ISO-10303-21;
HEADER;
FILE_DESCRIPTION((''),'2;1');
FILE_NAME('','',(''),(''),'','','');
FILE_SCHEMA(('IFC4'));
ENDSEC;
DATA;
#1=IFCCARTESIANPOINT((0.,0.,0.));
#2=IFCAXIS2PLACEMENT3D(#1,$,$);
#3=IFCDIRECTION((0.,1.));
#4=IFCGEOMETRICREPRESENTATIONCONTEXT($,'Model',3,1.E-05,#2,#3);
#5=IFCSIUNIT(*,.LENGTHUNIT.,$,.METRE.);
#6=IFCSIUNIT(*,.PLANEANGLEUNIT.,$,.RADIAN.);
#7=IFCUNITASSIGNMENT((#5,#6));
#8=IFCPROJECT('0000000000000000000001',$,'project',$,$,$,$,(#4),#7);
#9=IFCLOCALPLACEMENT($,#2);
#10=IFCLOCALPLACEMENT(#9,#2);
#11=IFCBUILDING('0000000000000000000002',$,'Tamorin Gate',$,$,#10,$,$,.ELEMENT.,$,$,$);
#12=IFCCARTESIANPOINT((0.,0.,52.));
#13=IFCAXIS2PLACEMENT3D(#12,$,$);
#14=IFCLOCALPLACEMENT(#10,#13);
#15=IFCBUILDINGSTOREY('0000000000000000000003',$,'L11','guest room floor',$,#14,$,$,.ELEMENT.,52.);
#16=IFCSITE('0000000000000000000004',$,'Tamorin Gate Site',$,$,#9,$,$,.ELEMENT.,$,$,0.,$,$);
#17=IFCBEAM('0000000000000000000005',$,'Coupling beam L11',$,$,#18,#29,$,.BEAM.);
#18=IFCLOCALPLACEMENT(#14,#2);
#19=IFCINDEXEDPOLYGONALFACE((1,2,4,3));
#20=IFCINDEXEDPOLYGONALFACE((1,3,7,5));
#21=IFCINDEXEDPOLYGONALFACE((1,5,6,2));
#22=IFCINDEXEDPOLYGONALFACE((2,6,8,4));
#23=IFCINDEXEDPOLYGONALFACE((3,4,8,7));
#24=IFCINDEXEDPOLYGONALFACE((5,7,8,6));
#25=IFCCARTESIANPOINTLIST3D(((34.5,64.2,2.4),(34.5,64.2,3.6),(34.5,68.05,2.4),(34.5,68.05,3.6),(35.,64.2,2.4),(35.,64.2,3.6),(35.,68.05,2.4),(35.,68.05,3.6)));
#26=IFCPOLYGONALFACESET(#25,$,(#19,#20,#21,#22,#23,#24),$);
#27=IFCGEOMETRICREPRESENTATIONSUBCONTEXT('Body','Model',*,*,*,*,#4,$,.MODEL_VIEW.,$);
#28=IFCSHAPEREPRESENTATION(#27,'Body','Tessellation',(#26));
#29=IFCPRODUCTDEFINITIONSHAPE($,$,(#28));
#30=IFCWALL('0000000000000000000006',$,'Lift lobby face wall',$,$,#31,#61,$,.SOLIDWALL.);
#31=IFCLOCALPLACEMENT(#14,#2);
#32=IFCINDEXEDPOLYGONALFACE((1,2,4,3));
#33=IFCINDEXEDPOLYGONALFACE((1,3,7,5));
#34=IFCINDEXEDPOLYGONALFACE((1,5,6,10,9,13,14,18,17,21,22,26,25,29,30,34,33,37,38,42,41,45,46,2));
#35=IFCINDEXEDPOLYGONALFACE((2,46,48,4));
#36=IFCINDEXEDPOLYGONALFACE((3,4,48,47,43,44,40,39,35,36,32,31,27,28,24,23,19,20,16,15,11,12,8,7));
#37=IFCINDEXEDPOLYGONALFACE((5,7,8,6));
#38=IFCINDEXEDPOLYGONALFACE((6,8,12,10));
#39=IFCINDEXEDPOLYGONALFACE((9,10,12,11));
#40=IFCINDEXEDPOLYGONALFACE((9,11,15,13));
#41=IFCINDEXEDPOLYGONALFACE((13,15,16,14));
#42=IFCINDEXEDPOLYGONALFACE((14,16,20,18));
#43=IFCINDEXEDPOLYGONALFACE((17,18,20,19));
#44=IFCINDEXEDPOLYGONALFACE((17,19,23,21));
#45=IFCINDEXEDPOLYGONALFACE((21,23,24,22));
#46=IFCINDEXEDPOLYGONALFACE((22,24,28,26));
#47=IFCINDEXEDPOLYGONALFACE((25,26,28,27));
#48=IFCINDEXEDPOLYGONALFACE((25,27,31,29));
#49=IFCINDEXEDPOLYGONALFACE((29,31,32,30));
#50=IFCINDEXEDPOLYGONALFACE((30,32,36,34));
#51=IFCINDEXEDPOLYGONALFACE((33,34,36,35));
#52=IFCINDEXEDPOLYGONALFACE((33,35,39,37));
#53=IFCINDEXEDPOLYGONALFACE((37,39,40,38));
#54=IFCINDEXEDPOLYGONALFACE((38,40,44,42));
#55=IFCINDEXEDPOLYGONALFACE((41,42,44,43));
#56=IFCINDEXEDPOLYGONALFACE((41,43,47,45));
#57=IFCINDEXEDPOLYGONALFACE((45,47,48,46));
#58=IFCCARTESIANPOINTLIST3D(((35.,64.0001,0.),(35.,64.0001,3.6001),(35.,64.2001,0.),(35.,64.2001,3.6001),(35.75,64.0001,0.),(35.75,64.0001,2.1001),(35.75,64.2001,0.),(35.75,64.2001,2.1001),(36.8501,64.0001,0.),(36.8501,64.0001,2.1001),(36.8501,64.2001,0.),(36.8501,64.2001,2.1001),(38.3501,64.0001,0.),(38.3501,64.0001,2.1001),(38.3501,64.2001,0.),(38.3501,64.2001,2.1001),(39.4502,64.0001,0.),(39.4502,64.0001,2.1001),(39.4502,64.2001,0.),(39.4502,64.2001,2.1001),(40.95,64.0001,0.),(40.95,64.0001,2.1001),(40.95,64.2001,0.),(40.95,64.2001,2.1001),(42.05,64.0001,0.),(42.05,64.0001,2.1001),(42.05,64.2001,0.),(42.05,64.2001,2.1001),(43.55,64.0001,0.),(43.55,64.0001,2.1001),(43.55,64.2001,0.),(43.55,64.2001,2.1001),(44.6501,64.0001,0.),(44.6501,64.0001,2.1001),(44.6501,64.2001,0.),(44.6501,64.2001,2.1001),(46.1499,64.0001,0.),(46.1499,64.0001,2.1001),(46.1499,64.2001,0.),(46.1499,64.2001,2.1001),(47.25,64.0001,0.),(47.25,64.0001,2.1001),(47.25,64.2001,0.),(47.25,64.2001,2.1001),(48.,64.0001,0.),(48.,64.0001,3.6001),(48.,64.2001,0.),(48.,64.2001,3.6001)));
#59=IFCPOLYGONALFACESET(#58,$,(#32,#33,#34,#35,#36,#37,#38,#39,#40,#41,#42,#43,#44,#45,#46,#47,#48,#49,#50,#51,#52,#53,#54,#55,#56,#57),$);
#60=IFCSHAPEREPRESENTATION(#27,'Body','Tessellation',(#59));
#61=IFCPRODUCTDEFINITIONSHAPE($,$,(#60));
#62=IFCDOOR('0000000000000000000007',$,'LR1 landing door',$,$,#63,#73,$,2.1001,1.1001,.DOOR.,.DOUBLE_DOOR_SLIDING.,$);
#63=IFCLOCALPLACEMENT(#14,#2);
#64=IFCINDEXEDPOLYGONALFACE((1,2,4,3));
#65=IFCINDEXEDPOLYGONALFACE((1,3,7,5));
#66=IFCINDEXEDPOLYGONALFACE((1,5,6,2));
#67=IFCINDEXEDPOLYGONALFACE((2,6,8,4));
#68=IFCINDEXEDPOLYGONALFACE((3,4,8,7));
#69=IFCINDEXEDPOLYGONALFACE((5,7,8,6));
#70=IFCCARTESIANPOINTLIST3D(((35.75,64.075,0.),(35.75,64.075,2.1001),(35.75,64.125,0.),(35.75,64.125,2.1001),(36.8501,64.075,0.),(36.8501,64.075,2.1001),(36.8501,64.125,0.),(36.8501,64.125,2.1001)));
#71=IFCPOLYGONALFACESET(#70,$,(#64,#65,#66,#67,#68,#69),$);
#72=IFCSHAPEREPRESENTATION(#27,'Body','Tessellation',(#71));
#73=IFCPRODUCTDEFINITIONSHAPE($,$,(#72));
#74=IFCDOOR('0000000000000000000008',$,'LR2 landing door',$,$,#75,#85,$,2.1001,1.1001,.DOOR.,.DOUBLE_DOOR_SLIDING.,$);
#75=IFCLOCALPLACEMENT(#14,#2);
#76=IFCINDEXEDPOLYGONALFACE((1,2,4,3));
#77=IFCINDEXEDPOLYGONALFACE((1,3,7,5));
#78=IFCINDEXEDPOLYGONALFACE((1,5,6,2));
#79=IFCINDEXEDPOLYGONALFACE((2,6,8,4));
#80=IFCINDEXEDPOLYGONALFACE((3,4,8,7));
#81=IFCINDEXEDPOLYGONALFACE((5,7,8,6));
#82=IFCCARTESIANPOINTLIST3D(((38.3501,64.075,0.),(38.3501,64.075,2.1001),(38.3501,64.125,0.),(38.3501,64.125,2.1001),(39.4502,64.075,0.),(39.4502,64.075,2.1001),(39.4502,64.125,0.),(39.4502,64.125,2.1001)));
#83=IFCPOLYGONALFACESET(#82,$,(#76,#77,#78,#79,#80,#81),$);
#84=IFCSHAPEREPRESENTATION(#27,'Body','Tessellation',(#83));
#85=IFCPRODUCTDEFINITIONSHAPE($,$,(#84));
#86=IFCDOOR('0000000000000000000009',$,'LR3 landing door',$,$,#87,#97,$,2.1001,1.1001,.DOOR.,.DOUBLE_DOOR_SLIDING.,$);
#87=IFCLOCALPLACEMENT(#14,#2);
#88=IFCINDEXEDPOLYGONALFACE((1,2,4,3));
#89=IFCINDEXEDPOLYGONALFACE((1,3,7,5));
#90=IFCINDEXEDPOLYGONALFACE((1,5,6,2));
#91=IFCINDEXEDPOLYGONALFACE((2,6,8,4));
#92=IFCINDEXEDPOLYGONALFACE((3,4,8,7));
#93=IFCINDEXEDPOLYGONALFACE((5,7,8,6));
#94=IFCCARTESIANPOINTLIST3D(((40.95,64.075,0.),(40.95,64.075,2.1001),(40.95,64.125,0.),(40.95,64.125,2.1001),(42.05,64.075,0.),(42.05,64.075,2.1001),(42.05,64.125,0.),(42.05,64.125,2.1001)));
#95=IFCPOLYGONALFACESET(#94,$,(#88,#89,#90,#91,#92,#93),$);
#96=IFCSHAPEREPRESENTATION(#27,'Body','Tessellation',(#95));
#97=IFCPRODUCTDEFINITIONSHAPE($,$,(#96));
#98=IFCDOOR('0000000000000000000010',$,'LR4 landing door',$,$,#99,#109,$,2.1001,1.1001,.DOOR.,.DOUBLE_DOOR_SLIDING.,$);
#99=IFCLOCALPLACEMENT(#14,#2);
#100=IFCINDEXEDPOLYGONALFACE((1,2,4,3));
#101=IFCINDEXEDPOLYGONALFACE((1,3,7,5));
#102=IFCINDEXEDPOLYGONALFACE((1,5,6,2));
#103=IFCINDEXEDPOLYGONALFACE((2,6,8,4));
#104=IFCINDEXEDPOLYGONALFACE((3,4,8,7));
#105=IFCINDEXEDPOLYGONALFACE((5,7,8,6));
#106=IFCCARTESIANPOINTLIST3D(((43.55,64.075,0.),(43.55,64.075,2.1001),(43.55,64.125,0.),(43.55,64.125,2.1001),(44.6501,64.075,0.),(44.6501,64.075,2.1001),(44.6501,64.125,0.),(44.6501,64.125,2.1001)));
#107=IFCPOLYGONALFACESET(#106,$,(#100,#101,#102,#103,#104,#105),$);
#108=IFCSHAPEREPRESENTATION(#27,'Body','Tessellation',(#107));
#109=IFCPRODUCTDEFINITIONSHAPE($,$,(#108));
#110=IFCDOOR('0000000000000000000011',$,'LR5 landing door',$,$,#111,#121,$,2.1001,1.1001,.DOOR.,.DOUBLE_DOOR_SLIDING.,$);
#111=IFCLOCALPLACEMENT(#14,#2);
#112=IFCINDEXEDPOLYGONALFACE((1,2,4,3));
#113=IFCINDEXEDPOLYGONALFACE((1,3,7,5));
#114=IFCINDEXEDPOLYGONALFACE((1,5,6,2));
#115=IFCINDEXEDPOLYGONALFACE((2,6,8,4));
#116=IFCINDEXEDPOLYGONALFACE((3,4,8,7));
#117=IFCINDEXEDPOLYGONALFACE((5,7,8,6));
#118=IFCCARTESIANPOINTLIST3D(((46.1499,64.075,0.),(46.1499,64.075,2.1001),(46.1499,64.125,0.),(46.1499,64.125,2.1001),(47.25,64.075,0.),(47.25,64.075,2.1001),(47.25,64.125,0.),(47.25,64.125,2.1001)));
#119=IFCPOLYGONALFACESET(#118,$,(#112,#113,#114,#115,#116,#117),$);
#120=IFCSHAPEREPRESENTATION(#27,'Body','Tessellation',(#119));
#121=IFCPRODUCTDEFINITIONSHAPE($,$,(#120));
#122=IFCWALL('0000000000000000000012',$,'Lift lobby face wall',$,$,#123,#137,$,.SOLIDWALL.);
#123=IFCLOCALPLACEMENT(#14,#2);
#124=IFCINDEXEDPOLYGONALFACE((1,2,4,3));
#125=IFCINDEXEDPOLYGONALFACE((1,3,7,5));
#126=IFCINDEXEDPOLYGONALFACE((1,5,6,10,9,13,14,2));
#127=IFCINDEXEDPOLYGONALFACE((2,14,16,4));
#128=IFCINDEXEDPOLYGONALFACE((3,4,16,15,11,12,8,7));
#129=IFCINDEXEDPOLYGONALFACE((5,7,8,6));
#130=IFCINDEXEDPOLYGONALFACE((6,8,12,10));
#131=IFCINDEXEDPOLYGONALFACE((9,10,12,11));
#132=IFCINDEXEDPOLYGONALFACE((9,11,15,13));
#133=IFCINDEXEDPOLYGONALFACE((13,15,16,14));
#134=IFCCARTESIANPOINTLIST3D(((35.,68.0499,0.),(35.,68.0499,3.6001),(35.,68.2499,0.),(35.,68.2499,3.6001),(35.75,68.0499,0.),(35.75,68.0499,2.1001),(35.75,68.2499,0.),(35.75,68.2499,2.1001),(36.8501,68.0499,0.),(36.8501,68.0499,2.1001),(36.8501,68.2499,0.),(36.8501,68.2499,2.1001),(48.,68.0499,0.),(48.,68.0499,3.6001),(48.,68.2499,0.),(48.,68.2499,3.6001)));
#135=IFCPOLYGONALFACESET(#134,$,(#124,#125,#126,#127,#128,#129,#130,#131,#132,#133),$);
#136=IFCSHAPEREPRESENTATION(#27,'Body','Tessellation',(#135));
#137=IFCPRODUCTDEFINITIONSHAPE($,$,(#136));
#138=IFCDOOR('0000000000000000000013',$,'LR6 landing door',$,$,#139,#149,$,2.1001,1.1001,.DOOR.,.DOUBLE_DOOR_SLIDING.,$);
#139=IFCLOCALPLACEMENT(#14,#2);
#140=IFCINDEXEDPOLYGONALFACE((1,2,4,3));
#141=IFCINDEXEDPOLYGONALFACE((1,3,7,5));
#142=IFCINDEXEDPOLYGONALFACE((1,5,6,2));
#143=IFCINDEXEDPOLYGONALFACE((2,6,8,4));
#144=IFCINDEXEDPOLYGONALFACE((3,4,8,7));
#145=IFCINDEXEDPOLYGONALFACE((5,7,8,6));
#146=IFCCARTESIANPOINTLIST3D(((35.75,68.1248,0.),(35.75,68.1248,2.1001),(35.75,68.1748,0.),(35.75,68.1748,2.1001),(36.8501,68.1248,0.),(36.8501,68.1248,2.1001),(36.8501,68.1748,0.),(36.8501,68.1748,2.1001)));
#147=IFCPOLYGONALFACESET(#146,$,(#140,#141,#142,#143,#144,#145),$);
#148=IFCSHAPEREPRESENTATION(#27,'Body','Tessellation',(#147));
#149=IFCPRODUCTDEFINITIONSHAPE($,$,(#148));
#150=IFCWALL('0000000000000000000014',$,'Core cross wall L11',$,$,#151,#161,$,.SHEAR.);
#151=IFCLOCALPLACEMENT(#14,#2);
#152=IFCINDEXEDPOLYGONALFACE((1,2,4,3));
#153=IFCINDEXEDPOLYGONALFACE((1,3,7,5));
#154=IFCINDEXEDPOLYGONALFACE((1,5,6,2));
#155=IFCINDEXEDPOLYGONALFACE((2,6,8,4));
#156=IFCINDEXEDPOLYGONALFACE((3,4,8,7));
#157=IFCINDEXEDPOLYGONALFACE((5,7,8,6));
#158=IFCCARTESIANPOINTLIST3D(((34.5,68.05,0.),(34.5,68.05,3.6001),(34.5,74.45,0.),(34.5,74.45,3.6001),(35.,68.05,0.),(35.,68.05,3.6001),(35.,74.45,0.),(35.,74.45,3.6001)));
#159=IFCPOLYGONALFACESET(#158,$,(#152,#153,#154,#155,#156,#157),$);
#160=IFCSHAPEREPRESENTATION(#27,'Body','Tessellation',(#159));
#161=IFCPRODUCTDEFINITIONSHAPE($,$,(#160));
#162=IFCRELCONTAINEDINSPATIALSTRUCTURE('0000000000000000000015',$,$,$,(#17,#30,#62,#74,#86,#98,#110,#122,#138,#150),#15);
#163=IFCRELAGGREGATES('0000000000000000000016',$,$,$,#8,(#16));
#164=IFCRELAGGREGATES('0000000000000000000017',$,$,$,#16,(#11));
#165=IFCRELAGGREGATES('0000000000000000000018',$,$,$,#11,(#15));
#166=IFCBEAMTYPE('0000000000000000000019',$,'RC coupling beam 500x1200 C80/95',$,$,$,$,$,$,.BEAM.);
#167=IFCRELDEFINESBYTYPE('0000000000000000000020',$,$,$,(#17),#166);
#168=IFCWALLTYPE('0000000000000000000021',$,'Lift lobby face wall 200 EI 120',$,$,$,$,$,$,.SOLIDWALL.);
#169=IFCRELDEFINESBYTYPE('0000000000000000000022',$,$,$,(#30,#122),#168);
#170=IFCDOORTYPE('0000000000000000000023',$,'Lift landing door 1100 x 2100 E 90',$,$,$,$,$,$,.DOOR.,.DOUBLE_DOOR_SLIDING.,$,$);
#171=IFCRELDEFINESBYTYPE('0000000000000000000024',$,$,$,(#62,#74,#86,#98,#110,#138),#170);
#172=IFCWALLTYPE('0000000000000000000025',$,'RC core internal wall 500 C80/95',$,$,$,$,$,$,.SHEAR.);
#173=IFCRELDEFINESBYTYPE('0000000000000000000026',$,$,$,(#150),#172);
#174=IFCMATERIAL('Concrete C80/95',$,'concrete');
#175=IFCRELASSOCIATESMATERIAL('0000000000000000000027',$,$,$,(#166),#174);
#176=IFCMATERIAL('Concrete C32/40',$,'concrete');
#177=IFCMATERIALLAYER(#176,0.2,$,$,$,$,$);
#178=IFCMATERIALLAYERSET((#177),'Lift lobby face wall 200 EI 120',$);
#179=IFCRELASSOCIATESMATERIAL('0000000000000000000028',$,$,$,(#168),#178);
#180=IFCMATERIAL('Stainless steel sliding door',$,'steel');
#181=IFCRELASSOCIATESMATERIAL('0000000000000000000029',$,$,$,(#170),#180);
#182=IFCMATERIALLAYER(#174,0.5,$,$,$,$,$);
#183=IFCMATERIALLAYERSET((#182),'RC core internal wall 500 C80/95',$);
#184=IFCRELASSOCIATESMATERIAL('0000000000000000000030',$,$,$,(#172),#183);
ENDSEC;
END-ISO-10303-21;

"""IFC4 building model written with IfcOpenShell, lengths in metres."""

from ifc_helpers import new_model, si_unit, direction, frame, frame_2d, origin, origin_2d, place, context, subcontext, project, spatial, rectangle, extrude, material, layer, layer_set, material_profile, profile_set, type_object, element, fill, save


model = new_model("IFC4")

# Units and contexts
model_context = context("Model", 3, precision=1e-05, world=origin(), true_north=direction((0.0, 1.0)))
body_context = subcontext(model_context, "Body", "Model", "MODEL_VIEW")
ifc_project = project(units=[si_unit("LENGTHUNIT", "METRE"), si_unit("PLANEANGLEUNIT", "RADIAN")], contexts=[model_context])

# Site, building, storey
site_placement = place(None, origin())
site = spatial("IfcSite", under=ifc_project, at=site_placement, Name="Tamorin Gate Site", CompositionType="ELEMENT", RefElevation=0.0)
building_placement = place(site_placement, origin())
building = spatial("IfcBuilding", under=site, at=building_placement, Name="Tamorin Gate", CompositionType="ELEMENT")
storey_placement = place(building_placement, frame((0.0, 0.0, 52.0)))
storey = spatial("IfcBuildingStorey", under=building, at=storey_placement, Name="L11", Description="guest room floor", CompositionType="ELEMENT", Elevation=52.0)

# Beam
ifc_material_1 = material(Name="Concrete C80/95", Category="concrete")
ifc_material_profile = material_profile(ifc_material_1, rectangle(XDim=0.5, YDim=1.2, at=origin_2d()), Name="RC 500x1200")
ifc_profile_set = profile_set([ifc_material_profile], Name="Concrete C80/95")
beam_type = type_object("IfcBeamType", Name="RC coupling beam 500x1200 C80/95", PredefinedType="BEAM", material=ifc_profile_set)
beam_placement = place(storey_placement, frame((34.75, 64.2, 3.0), z_axis=(0.0, 1.0, 0.0), x_axis=(-1.0, 0.0, 0.0)))
element("IfcBeam", 1, at=beam_placement, inside=storey, type_object=beam_type, Name="Coupling beam L11", PredefinedType="BEAM", context=body_context, shape_type="SweptSolid", body=[
    extrude(rectangle(XDim=0.5, YDim=1.2, at=origin_2d()), origin(), (0.0, 0.0, 1.0), 3.8501),
])

# Wall, openings, doors
ifc_material_2 = material(Name="Concrete C32/40", Category="concrete")
ifc_layer_1 = layer(ifc_material_2, 0.2)
ifc_layer_set_1 = layer_set([ifc_layer_1], Name="Lift lobby face wall 200 EI 120")
wall_type_1 = type_object("IfcWallType", Name="Lift lobby face wall 200 EI 120", PredefinedType="SOLIDWALL", material=ifc_layer_set_1)
wall_1_placement = place(storey_placement, frame((35.0, 64.1001, 0.0), z_axis=(0.0, 0.0, 1.0), x_axis=(1.0, 0.0, 0.0)))
wall_1 = element("IfcWall", 2, at=wall_1_placement, inside=storey, type_object=wall_type_1, Name="Lift lobby face wall", PredefinedType="SOLIDWALL", context=body_context, shape_type="SweptSolid", body=[
    extrude(rectangle(XDim=13.0, YDim=0.2, at=frame_2d((6.5, 0.0))), origin(), (0.0, 0.0, 1.0), 3.6001),
])
opening_1_placement = place(wall_1_placement, frame((0.75, 0.0, 0.0)))
opening_1 = element("IfcOpeningElement", 3, at=opening_1_placement, cuts=wall_1, PredefinedType="OPENING", context=body_context, shape_type="SweptSolid", body=[
    extrude(rectangle(XDim=1.1001, YDim=2.1001, at=frame_2d((0.55, 1.05))), frame((0.0, 0.1099, 0.0), z_axis=(0.0, -1.0, 0.0), x_axis=(1.0, 0.0, 0.0)), (0.0, 0.0, 1.0), 0.22),
])
opening_2_placement = place(wall_1_placement, frame((3.3501, 0.0, 0.0)))
opening_2 = element("IfcOpeningElement", 4, at=opening_2_placement, cuts=wall_1, PredefinedType="OPENING", context=body_context, shape_type="SweptSolid", body=[
    extrude(rectangle(XDim=1.1001, YDim=2.1001, at=frame_2d((0.55, 1.05))), frame((0.0, 0.1099, 0.0), z_axis=(0.0, -1.0, 0.0), x_axis=(1.0, 0.0, 0.0)), (0.0, 0.0, 1.0), 0.22),
])
opening_3_placement = place(wall_1_placement, frame((5.95, 0.0, 0.0)))
opening_3 = element("IfcOpeningElement", 5, at=opening_3_placement, cuts=wall_1, PredefinedType="OPENING", context=body_context, shape_type="SweptSolid", body=[
    extrude(rectangle(XDim=1.1001, YDim=2.1001, at=frame_2d((0.55, 1.05))), frame((0.0, 0.1099, 0.0), z_axis=(0.0, -1.0, 0.0), x_axis=(1.0, 0.0, 0.0)), (0.0, 0.0, 1.0), 0.22),
])
opening_4_placement = place(wall_1_placement, frame((8.55, 0.0, 0.0)))
opening_4 = element("IfcOpeningElement", 6, at=opening_4_placement, cuts=wall_1, PredefinedType="OPENING", context=body_context, shape_type="SweptSolid", body=[
    extrude(rectangle(XDim=1.1001, YDim=2.1001, at=frame_2d((0.55, 1.05))), frame((0.0, 0.1099, 0.0), z_axis=(0.0, -1.0, 0.0), x_axis=(1.0, 0.0, 0.0)), (0.0, 0.0, 1.0), 0.22),
])
opening_5_placement = place(wall_1_placement, frame((11.1499, 0.0, 0.0)))
opening_5 = element("IfcOpeningElement", 7, at=opening_5_placement, cuts=wall_1, PredefinedType="OPENING", context=body_context, shape_type="SweptSolid", body=[
    extrude(rectangle(XDim=1.1001, YDim=2.1001, at=frame_2d((0.55, 1.05))), frame((0.0, 0.1099, 0.0), z_axis=(0.0, -1.0, 0.0), x_axis=(1.0, 0.0, 0.0)), (0.0, 0.0, 1.0), 0.22),
])
ifc_material_3 = material(Name="Stainless steel sliding door", Category="steel")
door_type_1 = type_object("IfcDoorType", Name="Lift landing door 1100 x 2100 E 90", OperationType="DOUBLE_DOOR_SLIDING", PredefinedType="DOOR", material=ifc_material_3)
door_1_placement = place(opening_1_placement, origin())
door_1 = element("IfcDoor", 8, at=door_1_placement, inside=storey, type_object=door_type_1, Name="LR1 landing door", OperationType="DOUBLE_DOOR_SLIDING", OverallHeight=2.1001, OverallWidth=1.1001, PredefinedType="DOOR", context=body_context, shape_type="SweptSolid", body=[
    extrude(rectangle(XDim=1.1001, YDim=2.1001, at=frame_2d((0.55, 1.05))), frame((0.0, 0.0249, 0.0), z_axis=(0.0, -1.0, 0.0), x_axis=(1.0, 0.0, 0.0)), (0.0, 0.0, 1.0), 0.05),
])
fill(opening_1, door_1)
door_2_placement = place(opening_2_placement, origin())
door_2 = element("IfcDoor", 9, at=door_2_placement, inside=storey, type_object=door_type_1, Name="LR2 landing door", OperationType="DOUBLE_DOOR_SLIDING", OverallHeight=2.1001, OverallWidth=1.1001, PredefinedType="DOOR", context=body_context, shape_type="SweptSolid", body=[
    extrude(rectangle(XDim=1.1001, YDim=2.1001, at=frame_2d((0.55, 1.05))), frame((0.0, 0.0249, 0.0), z_axis=(0.0, -1.0, 0.0), x_axis=(1.0, 0.0, 0.0)), (0.0, 0.0, 1.0), 0.05),
])
fill(opening_2, door_2)
door_3_placement = place(opening_3_placement, origin())
door_3 = element("IfcDoor", 10, at=door_3_placement, inside=storey, type_object=door_type_1, Name="LR3 landing door", OperationType="DOUBLE_DOOR_SLIDING", OverallHeight=2.1001, OverallWidth=1.1001, PredefinedType="DOOR", context=body_context, shape_type="SweptSolid", body=[
    extrude(rectangle(XDim=1.1001, YDim=2.1001, at=frame_2d((0.55, 1.05))), frame((0.0, 0.0249, 0.0), z_axis=(0.0, -1.0, 0.0), x_axis=(1.0, 0.0, 0.0)), (0.0, 0.0, 1.0), 0.05),
])
fill(opening_3, door_3)
door_4_placement = place(opening_4_placement, origin())
door_4 = element("IfcDoor", 11, at=door_4_placement, inside=storey, type_object=door_type_1, Name="LR4 landing door", OperationType="DOUBLE_DOOR_SLIDING", OverallHeight=2.1001, OverallWidth=1.1001, PredefinedType="DOOR", context=body_context, shape_type="SweptSolid", body=[
    extrude(rectangle(XDim=1.1001, YDim=2.1001, at=frame_2d((0.55, 1.05))), frame((0.0, 0.0249, 0.0), z_axis=(0.0, -1.0, 0.0), x_axis=(1.0, 0.0, 0.0)), (0.0, 0.0, 1.0), 0.05),
])
fill(opening_4, door_4)
door_5_placement = place(opening_5_placement, origin())
door_5 = element("IfcDoor", 12, at=door_5_placement, inside=storey, type_object=door_type_1, Name="LR5 landing door", OperationType="DOUBLE_DOOR_SLIDING", OverallHeight=2.1001, OverallWidth=1.1001, PredefinedType="DOOR", context=body_context, shape_type="SweptSolid", body=[
    extrude(rectangle(XDim=1.1001, YDim=2.1001, at=frame_2d((0.55, 1.05))), frame((0.0, 0.0249, 0.0), z_axis=(0.0, -1.0, 0.0), x_axis=(1.0, 0.0, 0.0)), (0.0, 0.0, 1.0), 0.05),
])
fill(opening_5, door_5)

# Wall, opening, door
wall_2_placement = place(storey_placement, frame((35.0, 68.1499, 0.0), z_axis=(0.0, 0.0, 1.0), x_axis=(1.0, 0.0, 0.0)))
wall_2 = element("IfcWall", 13, at=wall_2_placement, inside=storey, type_object=wall_type_1, Name="Lift lobby face wall", PredefinedType="SOLIDWALL", context=body_context, shape_type="SweptSolid", body=[
    extrude(rectangle(XDim=13.0, YDim=0.2, at=frame_2d((6.5, 0.0))), origin(), (0.0, 0.0, 1.0), 3.6001),
])
opening_6_placement = place(wall_2_placement, frame((0.75, 0.0, 0.0)))
opening_6 = element("IfcOpeningElement", 14, at=opening_6_placement, cuts=wall_2, PredefinedType="OPENING", context=body_context, shape_type="SweptSolid", body=[
    extrude(rectangle(XDim=1.1001, YDim=2.1001, at=frame_2d((0.55, 1.05))), frame((0.0, 0.1099, 0.0), z_axis=(0.0, -1.0, 0.0), x_axis=(1.0, 0.0, 0.0)), (0.0, 0.0, 1.0), 0.22),
])
door_6_placement = place(opening_6_placement, origin())
door_6 = element("IfcDoor", 15, at=door_6_placement, inside=storey, type_object=door_type_1, Name="LR6 landing door", OperationType="DOUBLE_DOOR_SLIDING", OverallHeight=2.1001, OverallWidth=1.1001, PredefinedType="DOOR", context=body_context, shape_type="SweptSolid", body=[
    extrude(rectangle(XDim=1.1001, YDim=2.1001, at=frame_2d((0.55, 1.05))), frame((0.0, 0.0249, 0.0), z_axis=(0.0, -1.0, 0.0), x_axis=(1.0, 0.0, 0.0)), (0.0, 0.0, 1.0), 0.05),
])
fill(opening_6, door_6)

# Wall
ifc_layer_2 = layer(ifc_material_1, 0.5)
ifc_layer_set_2 = layer_set([ifc_layer_2], Name="RC core internal wall 500 C80/95")
wall_type_2 = type_object("IfcWallType", Name="RC core internal wall 500 C80/95", PredefinedType="SHEAR", material=ifc_layer_set_2)
wall_3_placement = place(storey_placement, frame((34.75, 68.05, 0.0), z_axis=(0.0, 0.0, 1.0), x_axis=(0.0, 1.0, 0.0)))
element("IfcWall", 16, at=wall_3_placement, inside=storey, type_object=wall_type_2, Name="Core cross wall L11", PredefinedType="SHEAR", context=body_context, shape_type="SweptSolid", body=[
    extrude(rectangle(XDim=6.3999, YDim=0.5, at=frame_2d((3.2, 0.0))), origin(), (0.0, 0.0, 1.0), 3.6001),
])

save(model, "model.ifc")
